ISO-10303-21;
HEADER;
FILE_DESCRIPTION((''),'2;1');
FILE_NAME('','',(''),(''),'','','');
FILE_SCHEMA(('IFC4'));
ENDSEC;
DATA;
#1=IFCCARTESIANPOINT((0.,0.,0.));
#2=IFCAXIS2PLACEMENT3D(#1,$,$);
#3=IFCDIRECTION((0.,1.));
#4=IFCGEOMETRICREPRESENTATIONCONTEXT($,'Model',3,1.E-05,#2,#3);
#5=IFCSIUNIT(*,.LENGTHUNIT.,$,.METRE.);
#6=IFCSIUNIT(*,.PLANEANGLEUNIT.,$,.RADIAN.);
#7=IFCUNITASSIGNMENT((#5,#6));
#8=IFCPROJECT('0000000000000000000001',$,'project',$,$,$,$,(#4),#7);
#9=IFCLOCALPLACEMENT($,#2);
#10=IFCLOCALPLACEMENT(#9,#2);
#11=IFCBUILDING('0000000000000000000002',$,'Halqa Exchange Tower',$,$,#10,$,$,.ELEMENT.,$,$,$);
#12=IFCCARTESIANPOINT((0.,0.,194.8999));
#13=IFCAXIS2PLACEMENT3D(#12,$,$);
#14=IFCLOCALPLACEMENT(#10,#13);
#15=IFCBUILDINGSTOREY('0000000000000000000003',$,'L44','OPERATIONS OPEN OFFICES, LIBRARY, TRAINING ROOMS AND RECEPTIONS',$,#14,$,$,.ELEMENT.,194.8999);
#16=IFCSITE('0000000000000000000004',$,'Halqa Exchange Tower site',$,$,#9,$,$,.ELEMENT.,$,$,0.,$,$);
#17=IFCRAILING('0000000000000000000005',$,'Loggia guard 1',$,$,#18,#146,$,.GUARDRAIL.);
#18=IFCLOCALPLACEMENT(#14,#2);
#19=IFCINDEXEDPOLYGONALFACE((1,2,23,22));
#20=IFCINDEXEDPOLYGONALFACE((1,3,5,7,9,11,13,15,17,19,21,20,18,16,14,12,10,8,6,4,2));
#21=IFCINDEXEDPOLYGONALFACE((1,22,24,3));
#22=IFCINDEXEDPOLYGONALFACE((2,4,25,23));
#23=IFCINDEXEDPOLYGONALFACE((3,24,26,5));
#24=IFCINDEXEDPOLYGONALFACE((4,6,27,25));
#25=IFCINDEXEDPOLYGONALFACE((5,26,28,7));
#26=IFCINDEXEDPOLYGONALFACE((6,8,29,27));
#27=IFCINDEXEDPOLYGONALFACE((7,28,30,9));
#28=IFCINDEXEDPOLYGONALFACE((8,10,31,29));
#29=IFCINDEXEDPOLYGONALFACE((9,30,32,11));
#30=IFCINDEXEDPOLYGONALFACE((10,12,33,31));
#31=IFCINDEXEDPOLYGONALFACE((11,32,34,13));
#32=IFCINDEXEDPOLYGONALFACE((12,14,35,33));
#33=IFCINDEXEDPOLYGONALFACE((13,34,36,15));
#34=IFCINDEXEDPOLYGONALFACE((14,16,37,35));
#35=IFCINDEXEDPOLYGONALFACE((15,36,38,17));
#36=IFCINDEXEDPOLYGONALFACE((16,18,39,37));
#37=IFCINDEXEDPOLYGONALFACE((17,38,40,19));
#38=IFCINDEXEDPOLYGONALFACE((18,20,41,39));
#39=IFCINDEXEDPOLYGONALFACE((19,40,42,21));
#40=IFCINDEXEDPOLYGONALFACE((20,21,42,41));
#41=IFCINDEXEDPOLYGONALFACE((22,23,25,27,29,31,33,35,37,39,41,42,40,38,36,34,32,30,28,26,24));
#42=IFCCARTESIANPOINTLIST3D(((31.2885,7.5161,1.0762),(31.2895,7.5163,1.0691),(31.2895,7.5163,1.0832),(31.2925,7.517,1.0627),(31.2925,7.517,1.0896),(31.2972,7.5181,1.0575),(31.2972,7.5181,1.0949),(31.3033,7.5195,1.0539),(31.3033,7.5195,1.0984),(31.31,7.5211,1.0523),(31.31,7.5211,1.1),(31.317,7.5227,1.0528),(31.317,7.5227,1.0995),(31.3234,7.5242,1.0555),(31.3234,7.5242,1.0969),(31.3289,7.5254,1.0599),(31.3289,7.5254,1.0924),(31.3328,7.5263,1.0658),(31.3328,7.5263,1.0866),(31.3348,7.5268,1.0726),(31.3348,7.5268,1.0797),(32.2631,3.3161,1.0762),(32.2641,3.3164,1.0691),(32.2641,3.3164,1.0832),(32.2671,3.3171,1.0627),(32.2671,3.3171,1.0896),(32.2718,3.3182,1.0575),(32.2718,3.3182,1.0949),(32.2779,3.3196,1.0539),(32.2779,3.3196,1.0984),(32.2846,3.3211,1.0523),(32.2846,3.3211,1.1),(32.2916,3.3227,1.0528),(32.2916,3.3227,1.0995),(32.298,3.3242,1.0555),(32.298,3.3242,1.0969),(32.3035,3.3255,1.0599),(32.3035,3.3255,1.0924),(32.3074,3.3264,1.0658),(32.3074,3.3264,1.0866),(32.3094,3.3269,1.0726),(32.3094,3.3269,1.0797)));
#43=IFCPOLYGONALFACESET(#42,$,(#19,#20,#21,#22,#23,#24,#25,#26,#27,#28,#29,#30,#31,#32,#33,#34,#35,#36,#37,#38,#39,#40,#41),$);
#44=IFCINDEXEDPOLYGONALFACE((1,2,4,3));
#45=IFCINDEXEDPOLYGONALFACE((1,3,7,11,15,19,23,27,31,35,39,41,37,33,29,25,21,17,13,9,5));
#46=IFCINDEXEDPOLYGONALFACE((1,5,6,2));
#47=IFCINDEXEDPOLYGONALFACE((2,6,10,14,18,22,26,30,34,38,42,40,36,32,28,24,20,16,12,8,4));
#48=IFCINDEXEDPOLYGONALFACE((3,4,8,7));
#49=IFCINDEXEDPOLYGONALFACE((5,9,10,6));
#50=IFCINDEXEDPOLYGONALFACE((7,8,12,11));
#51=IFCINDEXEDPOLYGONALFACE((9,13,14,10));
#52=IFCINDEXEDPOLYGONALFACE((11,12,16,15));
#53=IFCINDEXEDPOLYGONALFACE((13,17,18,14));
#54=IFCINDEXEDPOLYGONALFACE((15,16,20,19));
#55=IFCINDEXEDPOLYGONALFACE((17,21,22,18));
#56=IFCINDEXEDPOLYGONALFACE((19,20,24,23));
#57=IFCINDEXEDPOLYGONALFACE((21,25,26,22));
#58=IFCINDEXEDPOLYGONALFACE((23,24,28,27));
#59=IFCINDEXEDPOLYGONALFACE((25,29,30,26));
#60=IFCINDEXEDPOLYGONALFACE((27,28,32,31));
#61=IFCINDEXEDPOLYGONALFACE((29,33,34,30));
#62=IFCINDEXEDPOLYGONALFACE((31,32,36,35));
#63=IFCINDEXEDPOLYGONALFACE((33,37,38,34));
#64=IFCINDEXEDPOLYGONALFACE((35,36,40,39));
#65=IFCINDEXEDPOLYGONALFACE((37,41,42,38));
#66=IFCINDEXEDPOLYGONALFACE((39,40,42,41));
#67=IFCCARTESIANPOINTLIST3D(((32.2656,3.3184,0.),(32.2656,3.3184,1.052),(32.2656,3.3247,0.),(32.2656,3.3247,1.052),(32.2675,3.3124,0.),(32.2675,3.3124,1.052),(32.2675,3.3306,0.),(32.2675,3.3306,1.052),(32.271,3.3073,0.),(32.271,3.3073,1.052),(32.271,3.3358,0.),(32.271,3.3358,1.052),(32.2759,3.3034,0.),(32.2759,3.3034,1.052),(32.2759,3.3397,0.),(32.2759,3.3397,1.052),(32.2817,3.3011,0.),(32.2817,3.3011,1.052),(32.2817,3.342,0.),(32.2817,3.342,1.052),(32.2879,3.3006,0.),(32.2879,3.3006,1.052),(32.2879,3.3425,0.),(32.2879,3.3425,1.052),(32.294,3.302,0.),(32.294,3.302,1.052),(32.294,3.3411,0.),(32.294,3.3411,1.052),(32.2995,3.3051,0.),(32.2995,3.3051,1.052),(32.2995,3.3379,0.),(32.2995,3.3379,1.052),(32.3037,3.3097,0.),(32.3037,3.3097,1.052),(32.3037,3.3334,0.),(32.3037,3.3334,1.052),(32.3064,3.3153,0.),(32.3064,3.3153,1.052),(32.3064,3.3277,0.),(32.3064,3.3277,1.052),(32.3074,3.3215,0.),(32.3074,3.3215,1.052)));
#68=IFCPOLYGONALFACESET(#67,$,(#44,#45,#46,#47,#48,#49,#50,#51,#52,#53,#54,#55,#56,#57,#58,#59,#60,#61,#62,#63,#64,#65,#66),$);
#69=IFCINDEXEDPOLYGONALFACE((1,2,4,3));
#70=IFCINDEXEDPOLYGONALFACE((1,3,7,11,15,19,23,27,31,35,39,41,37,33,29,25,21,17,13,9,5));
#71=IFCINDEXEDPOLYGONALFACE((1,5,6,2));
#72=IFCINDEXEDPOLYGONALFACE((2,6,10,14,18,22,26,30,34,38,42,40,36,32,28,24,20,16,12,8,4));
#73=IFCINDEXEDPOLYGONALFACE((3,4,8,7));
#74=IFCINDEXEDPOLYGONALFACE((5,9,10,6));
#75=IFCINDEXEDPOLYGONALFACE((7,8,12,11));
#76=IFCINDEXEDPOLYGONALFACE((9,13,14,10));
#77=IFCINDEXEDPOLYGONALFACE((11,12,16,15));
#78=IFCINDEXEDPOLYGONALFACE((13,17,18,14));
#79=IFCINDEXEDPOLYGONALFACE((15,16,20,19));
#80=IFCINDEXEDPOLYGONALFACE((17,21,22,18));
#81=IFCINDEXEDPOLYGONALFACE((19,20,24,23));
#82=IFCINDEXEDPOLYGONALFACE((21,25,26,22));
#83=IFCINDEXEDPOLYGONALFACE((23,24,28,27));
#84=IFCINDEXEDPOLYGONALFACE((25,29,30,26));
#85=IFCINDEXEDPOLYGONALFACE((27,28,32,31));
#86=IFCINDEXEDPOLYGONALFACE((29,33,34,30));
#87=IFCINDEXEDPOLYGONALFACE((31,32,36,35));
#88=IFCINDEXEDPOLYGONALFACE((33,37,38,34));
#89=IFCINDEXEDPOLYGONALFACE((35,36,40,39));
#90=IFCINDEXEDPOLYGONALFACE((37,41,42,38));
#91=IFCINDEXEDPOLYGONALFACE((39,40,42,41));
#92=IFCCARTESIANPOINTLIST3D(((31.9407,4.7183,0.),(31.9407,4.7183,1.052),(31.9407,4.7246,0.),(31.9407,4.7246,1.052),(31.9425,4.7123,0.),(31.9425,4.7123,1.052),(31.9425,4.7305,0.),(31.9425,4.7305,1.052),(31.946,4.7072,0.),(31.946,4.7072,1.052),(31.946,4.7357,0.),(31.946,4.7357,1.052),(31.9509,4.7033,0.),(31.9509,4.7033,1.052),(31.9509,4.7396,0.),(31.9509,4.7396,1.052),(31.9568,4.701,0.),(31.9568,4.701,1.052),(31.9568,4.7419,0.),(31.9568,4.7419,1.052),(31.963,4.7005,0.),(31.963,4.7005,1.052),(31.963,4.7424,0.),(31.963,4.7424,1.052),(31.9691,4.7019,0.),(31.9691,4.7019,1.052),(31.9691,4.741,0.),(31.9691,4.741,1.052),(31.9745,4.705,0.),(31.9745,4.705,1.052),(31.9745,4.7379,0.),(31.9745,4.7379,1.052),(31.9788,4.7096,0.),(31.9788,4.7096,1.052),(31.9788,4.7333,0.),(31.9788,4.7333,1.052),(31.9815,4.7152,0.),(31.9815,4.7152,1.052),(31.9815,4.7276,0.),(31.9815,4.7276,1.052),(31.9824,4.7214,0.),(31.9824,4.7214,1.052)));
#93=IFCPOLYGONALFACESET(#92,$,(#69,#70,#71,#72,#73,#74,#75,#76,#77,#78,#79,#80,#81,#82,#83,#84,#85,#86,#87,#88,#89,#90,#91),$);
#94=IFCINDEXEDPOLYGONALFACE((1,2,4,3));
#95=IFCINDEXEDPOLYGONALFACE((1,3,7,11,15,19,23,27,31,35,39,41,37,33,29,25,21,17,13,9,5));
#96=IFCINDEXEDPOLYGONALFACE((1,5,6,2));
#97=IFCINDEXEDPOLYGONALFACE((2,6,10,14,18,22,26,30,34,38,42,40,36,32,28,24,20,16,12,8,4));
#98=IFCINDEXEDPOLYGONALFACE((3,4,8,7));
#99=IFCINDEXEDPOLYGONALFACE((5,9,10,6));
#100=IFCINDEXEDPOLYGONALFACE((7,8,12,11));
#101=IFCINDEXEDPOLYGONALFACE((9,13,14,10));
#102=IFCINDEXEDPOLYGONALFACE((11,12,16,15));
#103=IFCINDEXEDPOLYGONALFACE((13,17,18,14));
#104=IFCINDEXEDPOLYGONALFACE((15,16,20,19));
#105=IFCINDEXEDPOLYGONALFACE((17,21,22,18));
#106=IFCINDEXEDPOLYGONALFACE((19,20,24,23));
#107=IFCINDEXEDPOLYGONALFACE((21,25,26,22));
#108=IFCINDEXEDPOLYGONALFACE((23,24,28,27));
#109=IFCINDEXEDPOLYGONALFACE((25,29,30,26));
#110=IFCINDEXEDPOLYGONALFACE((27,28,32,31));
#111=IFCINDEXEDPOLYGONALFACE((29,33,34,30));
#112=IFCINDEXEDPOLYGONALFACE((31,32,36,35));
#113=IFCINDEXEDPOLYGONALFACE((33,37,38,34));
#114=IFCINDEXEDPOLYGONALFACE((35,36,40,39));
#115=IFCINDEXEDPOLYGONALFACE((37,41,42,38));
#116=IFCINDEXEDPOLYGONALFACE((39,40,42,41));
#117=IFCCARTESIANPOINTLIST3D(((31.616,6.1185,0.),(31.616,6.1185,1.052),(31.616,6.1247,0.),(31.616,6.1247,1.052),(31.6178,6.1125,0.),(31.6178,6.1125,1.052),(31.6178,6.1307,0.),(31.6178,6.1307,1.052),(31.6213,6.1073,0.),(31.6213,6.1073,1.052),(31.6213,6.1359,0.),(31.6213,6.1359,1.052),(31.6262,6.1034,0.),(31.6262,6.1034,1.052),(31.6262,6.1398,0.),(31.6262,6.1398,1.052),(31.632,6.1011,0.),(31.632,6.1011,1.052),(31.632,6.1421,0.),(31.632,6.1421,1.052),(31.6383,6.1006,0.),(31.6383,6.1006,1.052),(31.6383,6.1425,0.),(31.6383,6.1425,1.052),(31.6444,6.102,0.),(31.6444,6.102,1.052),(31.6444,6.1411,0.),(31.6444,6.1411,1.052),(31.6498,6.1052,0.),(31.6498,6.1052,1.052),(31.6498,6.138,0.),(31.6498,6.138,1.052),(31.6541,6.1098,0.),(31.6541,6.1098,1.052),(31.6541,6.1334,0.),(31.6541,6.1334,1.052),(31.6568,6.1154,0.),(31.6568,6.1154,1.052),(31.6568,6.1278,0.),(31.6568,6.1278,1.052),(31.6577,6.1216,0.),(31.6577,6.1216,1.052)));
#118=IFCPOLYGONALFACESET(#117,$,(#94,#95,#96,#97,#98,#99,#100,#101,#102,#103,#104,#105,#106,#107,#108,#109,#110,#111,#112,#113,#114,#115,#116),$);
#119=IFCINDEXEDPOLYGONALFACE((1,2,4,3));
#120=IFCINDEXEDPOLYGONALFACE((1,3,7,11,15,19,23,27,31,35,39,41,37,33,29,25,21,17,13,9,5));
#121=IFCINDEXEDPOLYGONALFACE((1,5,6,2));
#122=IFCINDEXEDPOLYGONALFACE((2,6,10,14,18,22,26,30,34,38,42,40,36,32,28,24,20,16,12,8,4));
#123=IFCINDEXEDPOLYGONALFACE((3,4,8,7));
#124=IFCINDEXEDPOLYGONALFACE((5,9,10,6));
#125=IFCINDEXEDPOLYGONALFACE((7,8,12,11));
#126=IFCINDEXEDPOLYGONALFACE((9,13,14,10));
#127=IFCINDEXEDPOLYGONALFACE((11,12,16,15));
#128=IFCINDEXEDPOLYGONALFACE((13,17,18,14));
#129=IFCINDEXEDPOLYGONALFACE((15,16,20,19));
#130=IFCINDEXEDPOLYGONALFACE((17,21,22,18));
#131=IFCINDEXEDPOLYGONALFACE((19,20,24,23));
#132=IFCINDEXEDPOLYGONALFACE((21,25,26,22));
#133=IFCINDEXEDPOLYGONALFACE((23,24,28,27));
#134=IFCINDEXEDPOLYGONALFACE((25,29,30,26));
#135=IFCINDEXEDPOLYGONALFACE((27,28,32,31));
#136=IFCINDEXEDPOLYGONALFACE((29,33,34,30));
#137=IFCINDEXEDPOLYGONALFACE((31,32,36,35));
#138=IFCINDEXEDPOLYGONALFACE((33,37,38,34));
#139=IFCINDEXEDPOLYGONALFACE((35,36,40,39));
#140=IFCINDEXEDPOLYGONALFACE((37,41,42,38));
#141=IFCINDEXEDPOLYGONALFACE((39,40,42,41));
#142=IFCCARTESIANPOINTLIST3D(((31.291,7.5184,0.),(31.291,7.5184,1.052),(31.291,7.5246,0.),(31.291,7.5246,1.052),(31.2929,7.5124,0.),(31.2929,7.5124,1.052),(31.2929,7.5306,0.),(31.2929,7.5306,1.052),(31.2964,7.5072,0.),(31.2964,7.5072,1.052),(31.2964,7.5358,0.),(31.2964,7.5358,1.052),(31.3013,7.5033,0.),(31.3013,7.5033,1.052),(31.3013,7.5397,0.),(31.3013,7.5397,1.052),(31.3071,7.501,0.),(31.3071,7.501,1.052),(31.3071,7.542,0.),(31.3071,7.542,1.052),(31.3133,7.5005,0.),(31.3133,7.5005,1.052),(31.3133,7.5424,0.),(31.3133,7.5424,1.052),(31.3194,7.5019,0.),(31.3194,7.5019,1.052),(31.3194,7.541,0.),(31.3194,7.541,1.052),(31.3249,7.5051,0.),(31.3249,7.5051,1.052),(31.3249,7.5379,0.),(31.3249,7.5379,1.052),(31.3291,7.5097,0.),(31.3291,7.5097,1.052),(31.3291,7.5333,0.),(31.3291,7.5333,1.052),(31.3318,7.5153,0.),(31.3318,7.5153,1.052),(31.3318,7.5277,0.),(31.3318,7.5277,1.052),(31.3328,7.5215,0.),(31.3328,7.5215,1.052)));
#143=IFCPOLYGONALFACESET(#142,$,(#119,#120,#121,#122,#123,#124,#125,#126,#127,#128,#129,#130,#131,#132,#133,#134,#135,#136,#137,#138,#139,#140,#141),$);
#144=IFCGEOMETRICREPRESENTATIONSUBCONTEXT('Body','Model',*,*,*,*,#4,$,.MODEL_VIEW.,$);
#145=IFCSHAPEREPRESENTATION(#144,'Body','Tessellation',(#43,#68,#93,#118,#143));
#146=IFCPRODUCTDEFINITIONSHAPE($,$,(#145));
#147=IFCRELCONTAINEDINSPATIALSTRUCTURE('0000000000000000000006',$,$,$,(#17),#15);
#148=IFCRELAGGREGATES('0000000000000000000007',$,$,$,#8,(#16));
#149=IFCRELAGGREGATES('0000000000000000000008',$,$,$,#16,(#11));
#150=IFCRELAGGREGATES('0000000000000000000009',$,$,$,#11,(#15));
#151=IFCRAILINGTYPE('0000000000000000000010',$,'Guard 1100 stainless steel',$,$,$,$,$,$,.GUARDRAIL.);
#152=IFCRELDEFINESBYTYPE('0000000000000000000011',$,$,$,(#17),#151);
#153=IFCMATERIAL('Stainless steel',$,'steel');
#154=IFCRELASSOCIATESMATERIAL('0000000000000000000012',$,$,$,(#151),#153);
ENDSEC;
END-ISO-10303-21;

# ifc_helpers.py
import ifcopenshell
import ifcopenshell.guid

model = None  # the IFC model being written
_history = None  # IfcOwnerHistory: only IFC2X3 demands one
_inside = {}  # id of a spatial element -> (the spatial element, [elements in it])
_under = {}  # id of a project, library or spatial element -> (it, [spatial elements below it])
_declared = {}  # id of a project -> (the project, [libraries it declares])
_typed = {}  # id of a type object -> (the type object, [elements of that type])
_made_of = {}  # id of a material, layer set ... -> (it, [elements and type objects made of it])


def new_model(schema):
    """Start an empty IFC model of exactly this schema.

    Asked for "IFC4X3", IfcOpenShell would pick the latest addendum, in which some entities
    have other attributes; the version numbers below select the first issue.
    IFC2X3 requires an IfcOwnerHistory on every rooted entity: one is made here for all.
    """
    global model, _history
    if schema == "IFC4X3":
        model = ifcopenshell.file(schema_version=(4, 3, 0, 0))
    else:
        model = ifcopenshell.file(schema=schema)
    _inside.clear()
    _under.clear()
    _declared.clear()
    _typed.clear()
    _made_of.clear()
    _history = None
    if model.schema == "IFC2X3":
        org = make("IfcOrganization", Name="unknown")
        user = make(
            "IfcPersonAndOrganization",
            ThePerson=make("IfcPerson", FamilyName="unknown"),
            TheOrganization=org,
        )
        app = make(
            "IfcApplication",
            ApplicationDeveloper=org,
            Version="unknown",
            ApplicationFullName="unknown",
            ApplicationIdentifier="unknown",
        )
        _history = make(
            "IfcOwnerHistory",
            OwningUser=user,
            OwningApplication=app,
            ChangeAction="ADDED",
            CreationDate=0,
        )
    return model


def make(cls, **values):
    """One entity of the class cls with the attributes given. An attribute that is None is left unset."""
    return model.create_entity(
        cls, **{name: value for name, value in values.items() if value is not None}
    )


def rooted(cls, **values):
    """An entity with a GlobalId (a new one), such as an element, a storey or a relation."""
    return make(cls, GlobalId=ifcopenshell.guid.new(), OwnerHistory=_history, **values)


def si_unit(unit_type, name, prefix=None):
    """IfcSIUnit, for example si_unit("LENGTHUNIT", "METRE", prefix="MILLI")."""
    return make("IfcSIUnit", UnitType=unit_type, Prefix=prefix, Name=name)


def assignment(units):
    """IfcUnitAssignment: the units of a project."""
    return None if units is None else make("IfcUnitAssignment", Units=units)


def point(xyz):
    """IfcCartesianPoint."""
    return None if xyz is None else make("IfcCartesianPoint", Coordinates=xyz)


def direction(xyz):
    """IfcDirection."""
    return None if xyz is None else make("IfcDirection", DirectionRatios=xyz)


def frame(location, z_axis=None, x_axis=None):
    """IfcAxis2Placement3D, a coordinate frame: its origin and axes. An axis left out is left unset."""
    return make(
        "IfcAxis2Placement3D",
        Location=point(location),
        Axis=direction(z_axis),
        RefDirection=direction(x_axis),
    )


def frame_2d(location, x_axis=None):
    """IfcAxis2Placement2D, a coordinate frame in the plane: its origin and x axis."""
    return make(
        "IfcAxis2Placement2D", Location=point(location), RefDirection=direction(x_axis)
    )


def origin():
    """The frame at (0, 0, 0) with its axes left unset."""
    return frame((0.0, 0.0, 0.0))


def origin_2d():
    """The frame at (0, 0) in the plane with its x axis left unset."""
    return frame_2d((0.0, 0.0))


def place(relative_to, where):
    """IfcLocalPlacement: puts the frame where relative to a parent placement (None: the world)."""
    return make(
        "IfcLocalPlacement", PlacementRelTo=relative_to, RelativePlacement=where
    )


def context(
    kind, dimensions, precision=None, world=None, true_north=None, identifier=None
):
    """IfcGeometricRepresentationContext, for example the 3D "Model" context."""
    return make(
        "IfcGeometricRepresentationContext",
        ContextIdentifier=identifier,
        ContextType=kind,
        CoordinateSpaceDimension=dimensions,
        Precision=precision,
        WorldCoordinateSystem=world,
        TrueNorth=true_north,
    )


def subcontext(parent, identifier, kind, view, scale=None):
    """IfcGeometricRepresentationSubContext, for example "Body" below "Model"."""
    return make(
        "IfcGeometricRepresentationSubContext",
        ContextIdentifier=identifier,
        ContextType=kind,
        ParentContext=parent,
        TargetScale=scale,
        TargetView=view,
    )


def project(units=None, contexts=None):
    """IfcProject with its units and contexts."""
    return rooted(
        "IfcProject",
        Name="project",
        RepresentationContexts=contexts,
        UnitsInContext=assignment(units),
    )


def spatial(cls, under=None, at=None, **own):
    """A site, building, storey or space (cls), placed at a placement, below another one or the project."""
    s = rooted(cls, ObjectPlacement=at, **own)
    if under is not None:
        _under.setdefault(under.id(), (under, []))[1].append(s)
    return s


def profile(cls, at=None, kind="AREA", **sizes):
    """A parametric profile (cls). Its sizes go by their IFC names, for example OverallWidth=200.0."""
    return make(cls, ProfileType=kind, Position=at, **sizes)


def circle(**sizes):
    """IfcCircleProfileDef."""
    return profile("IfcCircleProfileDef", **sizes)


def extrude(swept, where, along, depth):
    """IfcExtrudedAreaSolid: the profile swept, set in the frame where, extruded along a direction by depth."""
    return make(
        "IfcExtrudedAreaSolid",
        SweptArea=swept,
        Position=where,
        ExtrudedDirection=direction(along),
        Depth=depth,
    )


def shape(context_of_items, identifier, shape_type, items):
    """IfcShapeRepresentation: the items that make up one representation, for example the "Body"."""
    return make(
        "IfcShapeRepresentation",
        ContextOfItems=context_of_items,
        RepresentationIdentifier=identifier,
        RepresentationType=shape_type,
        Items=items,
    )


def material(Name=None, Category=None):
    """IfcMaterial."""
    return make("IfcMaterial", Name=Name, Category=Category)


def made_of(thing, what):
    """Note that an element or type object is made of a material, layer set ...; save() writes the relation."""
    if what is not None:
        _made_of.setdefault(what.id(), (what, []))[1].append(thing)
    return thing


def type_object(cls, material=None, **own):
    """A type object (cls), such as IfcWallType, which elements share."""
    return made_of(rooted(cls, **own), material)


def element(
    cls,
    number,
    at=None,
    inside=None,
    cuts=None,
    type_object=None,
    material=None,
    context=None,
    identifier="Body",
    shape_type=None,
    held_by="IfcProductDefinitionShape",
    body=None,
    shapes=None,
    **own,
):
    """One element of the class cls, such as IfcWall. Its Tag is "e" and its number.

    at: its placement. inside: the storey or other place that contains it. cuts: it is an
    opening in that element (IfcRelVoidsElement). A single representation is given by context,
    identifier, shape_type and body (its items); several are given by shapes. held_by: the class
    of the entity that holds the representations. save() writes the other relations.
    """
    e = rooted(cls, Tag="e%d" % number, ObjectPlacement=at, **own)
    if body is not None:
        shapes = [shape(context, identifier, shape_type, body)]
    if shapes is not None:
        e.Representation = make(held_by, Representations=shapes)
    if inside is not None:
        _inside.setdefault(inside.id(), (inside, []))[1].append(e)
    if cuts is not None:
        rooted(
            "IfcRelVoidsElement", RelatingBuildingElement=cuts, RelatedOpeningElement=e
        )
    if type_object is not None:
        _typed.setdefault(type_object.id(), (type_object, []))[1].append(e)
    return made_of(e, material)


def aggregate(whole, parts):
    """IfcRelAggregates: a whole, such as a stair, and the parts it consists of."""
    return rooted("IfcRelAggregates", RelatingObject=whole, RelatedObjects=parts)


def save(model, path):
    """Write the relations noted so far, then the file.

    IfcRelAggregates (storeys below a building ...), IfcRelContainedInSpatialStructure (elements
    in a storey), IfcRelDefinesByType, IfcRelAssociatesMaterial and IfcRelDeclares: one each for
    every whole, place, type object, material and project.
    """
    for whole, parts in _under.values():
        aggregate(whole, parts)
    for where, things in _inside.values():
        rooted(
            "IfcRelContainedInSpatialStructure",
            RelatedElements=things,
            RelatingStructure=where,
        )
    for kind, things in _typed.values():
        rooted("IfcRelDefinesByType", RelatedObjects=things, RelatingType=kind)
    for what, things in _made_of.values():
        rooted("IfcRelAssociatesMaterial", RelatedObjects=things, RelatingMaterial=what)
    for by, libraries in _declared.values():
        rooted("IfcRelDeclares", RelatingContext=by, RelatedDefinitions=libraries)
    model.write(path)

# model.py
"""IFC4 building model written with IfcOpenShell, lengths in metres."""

from ifc_helpers import new_model, si_unit, direction, frame, origin, origin_2d, place, context, subcontext, project, spatial, circle, extrude, material, type_object, element, save


model = new_model("IFC4")

# Units and contexts
model_context = context("Model", 3, precision=1e-05, world=origin(), true_north=direction((0.0, 1.0)))
body_context = subcontext(model_context, "Body", "Model", "MODEL_VIEW")
ifc_project = project(units=[si_unit("LENGTHUNIT", "METRE"), si_unit("PLANEANGLEUNIT", "RADIAN")], contexts=[model_context])

# Site, building, storey
site_placement = place(None, origin())
site = spatial("IfcSite", under=ifc_project, at=site_placement, Name="Halqa Exchange Tower site", CompositionType="ELEMENT", RefElevation=0.0)
building_placement = place(site_placement, origin())
building = spatial("IfcBuilding", under=site, at=building_placement, Name="Halqa Exchange Tower", CompositionType="ELEMENT")
storey_placement = place(building_placement, frame((0.0, 0.0, 194.8999)))
storey = spatial("IfcBuildingStorey", under=building, at=storey_placement, Name="L44", Description="OPERATIONS OPEN OFFICES, LIBRARY, TRAINING ROOMS AND RECEPTIONS", CompositionType="ELEMENT", Elevation=194.8999)

# Railing
ifc_material_1 = material(Name="Stainless steel", Category="steel")
railing_type = type_object("IfcRailingType", Name="Guard 1100 stainless steel", PredefinedType="GUARDRAIL", material=ifc_material_1)
railing_1_placement = place(storey_placement, frame((32.2864, 3.3215, 0.0)))
element("IfcRailing", 1, at=railing_1_placement, inside=storey, type_object=railing_type, Name="Loggia guard 1", PredefinedType="GUARDRAIL", context=body_context, shape_type="SweptSolid", body=[
    extrude(circle(Radius=0.0239, at=origin_2d()), frame((0.0, 0.0, 1.0762), z_axis=(-0.226046, 0.974117, 0.0), x_axis=(-0.974117, -0.226046, 0.0)), (0.0, 0.0, 1.0), 4.3115),
    extrude(circle(Radius=0.021, at=origin_2d()), origin(), (0.0, 0.0, 1.0), 1.052),
    extrude(circle(Radius=0.021, at=origin_2d()), frame((-0.325, 1.3999, 0.0)), (0.0, 0.0, 1.0), 1.052),
    extrude(circle(Radius=0.021, at=origin_2d()), frame((-0.6497, 2.8, 0.0)), (0.0, 0.0, 1.0), 1.052),
    extrude(circle(Radius=0.021, at=origin_2d()), frame((-0.9746, 4.2, 0.0)), (0.0, 0.0, 1.0), 1.052),
])

save(model, "model.ifc")
